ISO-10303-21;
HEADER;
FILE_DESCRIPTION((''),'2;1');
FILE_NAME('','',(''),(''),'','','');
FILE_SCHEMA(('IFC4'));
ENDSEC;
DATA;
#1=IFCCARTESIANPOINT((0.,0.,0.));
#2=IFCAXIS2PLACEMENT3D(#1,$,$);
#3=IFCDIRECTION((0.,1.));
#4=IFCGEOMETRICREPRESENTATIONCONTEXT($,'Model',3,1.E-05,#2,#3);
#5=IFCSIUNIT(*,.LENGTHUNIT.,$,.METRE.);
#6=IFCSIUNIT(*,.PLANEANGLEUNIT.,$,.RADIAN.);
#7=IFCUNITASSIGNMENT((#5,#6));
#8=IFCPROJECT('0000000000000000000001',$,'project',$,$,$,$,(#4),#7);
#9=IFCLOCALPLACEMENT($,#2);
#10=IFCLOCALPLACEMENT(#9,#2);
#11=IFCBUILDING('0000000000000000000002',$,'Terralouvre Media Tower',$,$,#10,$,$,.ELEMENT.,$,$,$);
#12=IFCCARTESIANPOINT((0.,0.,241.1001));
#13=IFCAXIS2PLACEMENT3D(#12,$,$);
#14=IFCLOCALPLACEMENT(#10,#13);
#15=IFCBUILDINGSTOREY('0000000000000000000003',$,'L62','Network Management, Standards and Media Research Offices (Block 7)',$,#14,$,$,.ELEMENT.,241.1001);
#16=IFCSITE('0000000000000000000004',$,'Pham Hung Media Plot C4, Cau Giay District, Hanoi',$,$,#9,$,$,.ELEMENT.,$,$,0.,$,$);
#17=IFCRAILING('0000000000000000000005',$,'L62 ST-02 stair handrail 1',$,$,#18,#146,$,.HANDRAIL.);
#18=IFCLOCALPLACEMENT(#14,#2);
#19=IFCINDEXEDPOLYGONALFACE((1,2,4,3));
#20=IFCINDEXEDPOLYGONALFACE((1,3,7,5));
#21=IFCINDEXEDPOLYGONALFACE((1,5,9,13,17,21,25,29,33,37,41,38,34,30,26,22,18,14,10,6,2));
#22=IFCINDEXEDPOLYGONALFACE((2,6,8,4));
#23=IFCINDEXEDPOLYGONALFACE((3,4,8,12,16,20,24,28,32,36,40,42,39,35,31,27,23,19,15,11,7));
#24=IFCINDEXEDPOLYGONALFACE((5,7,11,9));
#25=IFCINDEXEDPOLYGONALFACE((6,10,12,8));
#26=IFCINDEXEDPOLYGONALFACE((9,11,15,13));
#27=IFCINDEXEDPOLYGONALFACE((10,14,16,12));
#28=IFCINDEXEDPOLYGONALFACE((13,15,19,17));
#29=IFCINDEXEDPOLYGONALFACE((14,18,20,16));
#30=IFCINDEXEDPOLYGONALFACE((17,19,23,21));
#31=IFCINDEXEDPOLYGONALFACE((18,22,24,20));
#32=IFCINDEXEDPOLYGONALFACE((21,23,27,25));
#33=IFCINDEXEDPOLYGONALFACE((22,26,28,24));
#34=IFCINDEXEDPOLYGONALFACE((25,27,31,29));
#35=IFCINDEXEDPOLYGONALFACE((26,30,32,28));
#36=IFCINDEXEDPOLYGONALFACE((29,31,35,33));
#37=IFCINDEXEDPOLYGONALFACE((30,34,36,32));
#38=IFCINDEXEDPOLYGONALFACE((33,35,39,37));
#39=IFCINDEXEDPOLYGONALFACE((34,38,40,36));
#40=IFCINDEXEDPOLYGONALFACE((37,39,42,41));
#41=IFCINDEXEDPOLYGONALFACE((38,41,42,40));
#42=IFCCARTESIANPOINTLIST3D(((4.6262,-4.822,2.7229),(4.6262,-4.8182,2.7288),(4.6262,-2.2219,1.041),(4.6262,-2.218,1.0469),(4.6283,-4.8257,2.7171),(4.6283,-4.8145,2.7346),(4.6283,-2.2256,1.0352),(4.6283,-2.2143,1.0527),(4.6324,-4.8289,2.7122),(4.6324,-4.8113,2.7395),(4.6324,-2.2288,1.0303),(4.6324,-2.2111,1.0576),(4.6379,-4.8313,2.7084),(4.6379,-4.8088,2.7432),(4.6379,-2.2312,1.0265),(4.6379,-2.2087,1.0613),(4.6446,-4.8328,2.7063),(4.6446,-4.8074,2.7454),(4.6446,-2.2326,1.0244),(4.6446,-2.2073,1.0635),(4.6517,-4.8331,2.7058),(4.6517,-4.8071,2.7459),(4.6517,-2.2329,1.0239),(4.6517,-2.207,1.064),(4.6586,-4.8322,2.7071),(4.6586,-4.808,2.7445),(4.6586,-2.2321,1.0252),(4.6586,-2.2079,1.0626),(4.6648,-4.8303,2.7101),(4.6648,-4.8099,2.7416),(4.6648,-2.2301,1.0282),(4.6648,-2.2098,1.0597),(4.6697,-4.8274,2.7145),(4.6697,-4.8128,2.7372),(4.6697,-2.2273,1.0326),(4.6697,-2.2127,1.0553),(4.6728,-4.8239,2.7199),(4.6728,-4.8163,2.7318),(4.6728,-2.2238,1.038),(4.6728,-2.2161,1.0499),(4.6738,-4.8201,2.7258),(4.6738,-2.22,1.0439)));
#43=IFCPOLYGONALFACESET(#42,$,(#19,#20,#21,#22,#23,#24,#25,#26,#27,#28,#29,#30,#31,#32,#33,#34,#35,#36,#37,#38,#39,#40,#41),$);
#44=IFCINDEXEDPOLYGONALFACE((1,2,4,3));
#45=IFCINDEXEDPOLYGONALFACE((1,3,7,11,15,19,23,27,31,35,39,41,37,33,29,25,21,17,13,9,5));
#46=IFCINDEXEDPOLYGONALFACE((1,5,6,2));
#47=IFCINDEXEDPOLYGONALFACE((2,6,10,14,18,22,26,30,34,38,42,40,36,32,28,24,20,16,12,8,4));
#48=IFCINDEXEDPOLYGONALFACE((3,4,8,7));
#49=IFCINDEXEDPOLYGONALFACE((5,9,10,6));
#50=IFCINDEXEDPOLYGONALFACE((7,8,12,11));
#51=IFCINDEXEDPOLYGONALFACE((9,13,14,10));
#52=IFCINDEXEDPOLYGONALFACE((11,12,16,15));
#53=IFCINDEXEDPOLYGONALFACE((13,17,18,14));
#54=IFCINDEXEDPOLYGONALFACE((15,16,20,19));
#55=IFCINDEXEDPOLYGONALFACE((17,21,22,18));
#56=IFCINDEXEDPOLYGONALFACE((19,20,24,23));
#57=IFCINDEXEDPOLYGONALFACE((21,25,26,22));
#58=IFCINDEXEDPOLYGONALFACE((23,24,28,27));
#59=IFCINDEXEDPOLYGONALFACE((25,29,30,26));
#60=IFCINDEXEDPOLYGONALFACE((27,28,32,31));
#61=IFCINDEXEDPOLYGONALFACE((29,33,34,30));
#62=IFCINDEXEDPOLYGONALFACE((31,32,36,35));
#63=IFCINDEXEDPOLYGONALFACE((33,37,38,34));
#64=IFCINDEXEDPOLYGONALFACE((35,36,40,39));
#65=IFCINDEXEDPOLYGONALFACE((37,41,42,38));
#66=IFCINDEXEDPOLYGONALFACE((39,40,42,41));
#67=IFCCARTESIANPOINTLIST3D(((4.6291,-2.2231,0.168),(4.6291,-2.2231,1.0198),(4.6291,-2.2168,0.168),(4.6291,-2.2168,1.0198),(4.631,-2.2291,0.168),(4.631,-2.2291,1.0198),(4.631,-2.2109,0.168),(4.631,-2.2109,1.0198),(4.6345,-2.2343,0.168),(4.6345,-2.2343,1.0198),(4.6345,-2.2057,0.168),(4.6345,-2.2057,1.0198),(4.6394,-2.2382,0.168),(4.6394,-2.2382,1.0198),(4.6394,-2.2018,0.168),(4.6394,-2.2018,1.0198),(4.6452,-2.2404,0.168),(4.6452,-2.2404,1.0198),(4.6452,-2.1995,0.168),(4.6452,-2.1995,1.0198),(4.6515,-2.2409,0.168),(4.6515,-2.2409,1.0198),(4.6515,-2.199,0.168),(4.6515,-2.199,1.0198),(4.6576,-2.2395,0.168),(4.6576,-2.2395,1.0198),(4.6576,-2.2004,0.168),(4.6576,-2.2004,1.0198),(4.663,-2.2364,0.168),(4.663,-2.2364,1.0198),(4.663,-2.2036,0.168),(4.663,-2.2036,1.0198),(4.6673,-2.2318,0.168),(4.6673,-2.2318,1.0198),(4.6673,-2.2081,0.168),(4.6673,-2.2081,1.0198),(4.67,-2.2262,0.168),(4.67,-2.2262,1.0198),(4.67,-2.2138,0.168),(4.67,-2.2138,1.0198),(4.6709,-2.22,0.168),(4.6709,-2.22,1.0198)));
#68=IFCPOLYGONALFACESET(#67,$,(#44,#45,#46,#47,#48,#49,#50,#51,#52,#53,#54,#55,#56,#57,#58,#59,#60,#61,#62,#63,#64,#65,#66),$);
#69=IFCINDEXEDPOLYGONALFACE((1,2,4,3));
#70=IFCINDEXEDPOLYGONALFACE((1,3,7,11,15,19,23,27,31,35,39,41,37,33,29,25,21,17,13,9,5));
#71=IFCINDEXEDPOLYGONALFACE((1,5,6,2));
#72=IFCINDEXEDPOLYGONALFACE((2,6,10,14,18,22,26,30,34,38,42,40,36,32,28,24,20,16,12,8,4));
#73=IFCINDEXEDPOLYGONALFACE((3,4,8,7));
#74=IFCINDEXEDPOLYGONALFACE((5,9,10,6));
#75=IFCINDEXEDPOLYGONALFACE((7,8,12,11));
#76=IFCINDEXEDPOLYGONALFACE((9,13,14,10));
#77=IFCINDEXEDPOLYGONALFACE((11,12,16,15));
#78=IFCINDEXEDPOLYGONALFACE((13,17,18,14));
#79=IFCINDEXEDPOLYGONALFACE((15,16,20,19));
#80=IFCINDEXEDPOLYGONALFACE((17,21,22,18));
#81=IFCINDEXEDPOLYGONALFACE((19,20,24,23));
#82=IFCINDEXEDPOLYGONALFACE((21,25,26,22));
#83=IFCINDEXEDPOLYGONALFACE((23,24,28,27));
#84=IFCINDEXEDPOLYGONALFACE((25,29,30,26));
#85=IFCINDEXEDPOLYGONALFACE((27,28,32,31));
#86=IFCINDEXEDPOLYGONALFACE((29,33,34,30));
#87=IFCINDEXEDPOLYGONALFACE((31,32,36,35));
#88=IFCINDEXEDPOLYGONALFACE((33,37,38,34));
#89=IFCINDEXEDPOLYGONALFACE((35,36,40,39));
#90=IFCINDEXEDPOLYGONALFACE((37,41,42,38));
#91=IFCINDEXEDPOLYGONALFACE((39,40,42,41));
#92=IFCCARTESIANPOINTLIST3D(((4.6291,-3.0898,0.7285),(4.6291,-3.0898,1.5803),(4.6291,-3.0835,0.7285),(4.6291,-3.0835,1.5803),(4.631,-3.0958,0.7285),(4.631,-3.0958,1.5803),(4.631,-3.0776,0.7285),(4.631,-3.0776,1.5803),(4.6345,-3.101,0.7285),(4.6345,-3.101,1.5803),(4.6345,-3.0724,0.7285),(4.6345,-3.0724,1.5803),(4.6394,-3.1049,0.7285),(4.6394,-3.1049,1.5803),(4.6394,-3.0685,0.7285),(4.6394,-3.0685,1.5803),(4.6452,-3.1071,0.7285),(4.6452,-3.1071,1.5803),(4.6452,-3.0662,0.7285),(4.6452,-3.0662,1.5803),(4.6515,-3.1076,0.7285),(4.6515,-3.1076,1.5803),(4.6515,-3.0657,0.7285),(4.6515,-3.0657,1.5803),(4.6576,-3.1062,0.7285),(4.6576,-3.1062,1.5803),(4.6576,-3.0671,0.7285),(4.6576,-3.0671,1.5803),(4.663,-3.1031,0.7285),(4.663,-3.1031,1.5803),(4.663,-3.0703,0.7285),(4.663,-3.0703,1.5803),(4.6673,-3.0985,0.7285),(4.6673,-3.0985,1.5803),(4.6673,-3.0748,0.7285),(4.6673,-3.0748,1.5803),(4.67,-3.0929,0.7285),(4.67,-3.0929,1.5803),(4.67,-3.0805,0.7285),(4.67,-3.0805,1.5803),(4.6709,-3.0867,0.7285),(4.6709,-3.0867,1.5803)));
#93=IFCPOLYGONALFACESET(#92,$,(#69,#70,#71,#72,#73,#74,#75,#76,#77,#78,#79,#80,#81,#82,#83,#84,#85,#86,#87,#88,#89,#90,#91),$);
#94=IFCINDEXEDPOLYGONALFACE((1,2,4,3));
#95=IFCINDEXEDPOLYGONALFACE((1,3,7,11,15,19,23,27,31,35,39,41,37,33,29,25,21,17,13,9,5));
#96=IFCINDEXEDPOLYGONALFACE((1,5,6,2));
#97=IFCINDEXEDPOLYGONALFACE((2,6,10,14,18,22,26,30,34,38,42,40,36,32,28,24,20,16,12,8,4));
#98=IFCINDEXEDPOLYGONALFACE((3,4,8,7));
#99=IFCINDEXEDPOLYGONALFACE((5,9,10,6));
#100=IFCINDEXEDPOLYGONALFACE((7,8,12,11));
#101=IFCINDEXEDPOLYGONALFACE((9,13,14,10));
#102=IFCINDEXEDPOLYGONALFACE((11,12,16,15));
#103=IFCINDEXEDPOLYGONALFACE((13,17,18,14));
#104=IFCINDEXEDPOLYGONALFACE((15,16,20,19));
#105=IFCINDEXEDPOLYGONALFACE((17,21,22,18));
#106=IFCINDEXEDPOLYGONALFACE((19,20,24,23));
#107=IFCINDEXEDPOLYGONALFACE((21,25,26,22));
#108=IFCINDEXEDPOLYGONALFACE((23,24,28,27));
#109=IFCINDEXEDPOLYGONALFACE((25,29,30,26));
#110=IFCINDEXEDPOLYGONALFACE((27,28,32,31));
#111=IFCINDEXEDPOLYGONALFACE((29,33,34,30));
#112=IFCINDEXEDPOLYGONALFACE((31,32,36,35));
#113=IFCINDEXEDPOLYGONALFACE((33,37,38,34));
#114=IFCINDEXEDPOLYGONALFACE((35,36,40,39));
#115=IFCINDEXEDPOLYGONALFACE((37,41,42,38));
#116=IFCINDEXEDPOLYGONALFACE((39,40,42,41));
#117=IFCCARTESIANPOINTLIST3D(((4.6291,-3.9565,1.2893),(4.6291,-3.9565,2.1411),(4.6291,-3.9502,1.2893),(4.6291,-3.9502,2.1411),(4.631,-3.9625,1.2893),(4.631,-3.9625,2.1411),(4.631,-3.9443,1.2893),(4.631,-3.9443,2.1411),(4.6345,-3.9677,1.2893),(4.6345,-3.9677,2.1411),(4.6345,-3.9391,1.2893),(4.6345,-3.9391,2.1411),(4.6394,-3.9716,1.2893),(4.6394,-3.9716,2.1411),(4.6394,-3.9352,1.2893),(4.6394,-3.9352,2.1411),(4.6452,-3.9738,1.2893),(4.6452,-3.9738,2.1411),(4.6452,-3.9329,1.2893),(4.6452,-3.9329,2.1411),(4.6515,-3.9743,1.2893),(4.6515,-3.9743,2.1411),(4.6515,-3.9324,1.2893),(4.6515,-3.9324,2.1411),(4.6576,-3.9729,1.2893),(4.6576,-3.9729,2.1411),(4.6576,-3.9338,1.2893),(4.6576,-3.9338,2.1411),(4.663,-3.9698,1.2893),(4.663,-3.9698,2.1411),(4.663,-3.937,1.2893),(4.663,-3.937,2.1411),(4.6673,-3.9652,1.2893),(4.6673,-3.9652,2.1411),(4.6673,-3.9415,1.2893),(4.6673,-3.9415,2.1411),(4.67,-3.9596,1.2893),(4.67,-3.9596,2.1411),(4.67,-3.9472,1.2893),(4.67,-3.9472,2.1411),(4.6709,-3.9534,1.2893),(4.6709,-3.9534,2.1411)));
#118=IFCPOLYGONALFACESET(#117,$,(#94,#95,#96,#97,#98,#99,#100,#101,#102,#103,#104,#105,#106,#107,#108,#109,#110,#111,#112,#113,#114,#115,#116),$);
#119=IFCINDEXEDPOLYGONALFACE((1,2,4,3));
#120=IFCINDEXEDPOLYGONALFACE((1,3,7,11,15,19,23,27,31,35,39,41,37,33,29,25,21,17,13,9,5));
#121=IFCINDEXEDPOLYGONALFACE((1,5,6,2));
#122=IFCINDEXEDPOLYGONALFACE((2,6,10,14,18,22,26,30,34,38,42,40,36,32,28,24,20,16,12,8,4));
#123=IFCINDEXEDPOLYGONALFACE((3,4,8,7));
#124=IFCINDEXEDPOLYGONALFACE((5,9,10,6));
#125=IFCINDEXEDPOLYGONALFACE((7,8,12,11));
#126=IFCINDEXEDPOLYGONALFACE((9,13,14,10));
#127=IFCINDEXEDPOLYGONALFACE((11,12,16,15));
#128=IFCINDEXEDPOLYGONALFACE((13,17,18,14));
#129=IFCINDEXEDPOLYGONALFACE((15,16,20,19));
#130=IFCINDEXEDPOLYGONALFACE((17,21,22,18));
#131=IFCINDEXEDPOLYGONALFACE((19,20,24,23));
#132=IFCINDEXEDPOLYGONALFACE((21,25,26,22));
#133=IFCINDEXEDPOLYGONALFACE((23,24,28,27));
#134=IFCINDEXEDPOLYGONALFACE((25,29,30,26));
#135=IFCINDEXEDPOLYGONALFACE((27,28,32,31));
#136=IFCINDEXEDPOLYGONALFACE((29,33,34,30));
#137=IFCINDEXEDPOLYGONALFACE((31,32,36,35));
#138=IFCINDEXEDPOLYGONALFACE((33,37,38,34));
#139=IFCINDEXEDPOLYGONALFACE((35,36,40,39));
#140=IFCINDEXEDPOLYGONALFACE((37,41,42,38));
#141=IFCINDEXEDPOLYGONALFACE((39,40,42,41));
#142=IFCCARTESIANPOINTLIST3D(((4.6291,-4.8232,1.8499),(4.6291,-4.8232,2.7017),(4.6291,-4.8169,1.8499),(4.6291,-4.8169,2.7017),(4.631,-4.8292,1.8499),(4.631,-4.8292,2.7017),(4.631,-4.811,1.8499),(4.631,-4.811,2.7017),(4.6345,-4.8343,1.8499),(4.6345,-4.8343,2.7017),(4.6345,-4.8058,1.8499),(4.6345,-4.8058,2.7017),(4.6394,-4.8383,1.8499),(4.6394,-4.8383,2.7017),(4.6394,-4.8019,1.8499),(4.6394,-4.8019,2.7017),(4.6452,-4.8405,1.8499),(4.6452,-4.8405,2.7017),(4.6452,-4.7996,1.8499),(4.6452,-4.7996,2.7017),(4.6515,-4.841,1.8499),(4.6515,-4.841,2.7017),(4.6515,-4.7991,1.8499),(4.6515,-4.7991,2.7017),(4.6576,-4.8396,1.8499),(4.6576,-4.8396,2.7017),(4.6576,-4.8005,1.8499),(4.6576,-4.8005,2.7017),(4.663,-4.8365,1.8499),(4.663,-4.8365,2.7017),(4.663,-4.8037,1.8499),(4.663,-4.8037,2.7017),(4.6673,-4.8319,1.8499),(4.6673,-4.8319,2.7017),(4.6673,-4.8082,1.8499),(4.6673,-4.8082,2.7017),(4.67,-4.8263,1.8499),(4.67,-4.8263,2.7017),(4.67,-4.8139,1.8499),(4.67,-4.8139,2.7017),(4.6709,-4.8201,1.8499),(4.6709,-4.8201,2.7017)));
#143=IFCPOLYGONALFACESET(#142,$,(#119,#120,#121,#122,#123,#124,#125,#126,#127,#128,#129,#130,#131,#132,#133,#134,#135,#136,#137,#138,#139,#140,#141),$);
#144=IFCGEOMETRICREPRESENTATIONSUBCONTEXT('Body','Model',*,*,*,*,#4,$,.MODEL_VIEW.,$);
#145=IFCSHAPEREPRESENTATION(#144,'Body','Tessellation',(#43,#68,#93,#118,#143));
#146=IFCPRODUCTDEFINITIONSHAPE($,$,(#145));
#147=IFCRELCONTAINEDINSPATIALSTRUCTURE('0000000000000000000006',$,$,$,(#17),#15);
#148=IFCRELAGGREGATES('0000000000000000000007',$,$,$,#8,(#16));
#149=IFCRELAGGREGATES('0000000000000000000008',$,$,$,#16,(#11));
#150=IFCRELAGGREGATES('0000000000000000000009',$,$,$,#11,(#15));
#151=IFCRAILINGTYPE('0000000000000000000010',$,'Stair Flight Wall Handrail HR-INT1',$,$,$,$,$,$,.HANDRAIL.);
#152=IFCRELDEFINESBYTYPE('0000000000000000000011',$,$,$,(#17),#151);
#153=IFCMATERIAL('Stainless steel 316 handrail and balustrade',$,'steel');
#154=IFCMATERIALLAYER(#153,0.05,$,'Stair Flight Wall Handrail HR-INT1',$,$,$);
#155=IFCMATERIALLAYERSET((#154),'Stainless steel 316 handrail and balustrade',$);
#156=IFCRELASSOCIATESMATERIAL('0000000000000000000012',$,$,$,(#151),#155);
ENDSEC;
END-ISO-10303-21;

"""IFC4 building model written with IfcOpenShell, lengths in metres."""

from ifc_helpers import new_model, si_unit, direction, frame, origin, origin_2d, place, context, subcontext, project, spatial, circle, extrude, material, layer, layer_set, type_object, element, save


model = new_model("IFC4")

# Units and contexts
model_context = context("Model", 3, precision=1e-05, world=origin(), true_north=direction((0.0, 1.0)))
body_context = subcontext(model_context, "Body", "Model", "MODEL_VIEW")
ifc_project = project(units=[si_unit("LENGTHUNIT", "METRE"), si_unit("PLANEANGLEUNIT", "RADIAN")], contexts=[model_context])

# Site, building, storey
site_placement = place(None, origin())
site = spatial("IfcSite", under=ifc_project, at=site_placement, Name="Pham Hung Media Plot C4, Cau Giay District, Hanoi", CompositionType="ELEMENT", RefElevation=0.0)
building_placement = place(site_placement, origin())
building = spatial("IfcBuilding", under=site, at=building_placement, Name="Terralouvre Media Tower", CompositionType="ELEMENT")
storey_placement = place(building_placement, frame((0.0, 0.0, 241.1001)))
storey = spatial("IfcBuildingStorey", under=building, at=storey_placement, Name="L62", Description="Network Management, Standards and Media Research Offices (Block 7)", CompositionType="ELEMENT", Elevation=241.1001)

# Railing
ifc_material_1 = material(Name="Stainless steel 316 handrail and balustrade", Category="steel")
ifc_layer_1 = layer(ifc_material_1, 0.05, Name="Stair Flight Wall Handrail HR-INT1")
ifc_layer_set_1 = layer_set([ifc_layer_1], Name="Stainless steel 316 handrail and balustrade")
railing_type_1 = type_object("IfcRailingType", Name="Stair Flight Wall Handrail HR-INT1", PredefinedType="HANDRAIL", material=ifc_layer_set_1)
railing_1_placement = place(storey_placement, frame((4.6499, -2.22, 0.168)))
element("IfcRailing", 1, at=railing_1_placement, inside=storey, type_object=railing_type_1, Name="L62 ST-02 stair handrail 1", PredefinedType="HANDRAIL", context=body_context, shape_type="SweptSolid", body=[
    extrude(circle(Radius=0.0239, at=origin_2d()), frame((0.0, 0.0, 0.876), z_axis=(0.0, -0.839648, 0.54313), x_axis=(1.0, 0.0, 0.0)), (0.0, 0.0, 1.0), 3.0967),
    extrude(circle(Radius=0.021, at=origin_2d()), origin(), (0.0, 0.0, 1.0), 0.8518),
    extrude(circle(Radius=0.021, at=origin_2d()), frame((0.0, -0.8667, 0.5605)), (0.0, 0.0, 1.0), 0.8518),
    extrude(circle(Radius=0.021, at=origin_2d()), frame((0.0, -1.7334, 1.1213)), (0.0, 0.0, 1.0), 0.8518),
    extrude(circle(Radius=0.021, at=origin_2d()), frame((0.0, -2.6001, 1.6819)), (0.0, 0.0, 1.0), 0.8518),
])

save(model, "model.ifc")
